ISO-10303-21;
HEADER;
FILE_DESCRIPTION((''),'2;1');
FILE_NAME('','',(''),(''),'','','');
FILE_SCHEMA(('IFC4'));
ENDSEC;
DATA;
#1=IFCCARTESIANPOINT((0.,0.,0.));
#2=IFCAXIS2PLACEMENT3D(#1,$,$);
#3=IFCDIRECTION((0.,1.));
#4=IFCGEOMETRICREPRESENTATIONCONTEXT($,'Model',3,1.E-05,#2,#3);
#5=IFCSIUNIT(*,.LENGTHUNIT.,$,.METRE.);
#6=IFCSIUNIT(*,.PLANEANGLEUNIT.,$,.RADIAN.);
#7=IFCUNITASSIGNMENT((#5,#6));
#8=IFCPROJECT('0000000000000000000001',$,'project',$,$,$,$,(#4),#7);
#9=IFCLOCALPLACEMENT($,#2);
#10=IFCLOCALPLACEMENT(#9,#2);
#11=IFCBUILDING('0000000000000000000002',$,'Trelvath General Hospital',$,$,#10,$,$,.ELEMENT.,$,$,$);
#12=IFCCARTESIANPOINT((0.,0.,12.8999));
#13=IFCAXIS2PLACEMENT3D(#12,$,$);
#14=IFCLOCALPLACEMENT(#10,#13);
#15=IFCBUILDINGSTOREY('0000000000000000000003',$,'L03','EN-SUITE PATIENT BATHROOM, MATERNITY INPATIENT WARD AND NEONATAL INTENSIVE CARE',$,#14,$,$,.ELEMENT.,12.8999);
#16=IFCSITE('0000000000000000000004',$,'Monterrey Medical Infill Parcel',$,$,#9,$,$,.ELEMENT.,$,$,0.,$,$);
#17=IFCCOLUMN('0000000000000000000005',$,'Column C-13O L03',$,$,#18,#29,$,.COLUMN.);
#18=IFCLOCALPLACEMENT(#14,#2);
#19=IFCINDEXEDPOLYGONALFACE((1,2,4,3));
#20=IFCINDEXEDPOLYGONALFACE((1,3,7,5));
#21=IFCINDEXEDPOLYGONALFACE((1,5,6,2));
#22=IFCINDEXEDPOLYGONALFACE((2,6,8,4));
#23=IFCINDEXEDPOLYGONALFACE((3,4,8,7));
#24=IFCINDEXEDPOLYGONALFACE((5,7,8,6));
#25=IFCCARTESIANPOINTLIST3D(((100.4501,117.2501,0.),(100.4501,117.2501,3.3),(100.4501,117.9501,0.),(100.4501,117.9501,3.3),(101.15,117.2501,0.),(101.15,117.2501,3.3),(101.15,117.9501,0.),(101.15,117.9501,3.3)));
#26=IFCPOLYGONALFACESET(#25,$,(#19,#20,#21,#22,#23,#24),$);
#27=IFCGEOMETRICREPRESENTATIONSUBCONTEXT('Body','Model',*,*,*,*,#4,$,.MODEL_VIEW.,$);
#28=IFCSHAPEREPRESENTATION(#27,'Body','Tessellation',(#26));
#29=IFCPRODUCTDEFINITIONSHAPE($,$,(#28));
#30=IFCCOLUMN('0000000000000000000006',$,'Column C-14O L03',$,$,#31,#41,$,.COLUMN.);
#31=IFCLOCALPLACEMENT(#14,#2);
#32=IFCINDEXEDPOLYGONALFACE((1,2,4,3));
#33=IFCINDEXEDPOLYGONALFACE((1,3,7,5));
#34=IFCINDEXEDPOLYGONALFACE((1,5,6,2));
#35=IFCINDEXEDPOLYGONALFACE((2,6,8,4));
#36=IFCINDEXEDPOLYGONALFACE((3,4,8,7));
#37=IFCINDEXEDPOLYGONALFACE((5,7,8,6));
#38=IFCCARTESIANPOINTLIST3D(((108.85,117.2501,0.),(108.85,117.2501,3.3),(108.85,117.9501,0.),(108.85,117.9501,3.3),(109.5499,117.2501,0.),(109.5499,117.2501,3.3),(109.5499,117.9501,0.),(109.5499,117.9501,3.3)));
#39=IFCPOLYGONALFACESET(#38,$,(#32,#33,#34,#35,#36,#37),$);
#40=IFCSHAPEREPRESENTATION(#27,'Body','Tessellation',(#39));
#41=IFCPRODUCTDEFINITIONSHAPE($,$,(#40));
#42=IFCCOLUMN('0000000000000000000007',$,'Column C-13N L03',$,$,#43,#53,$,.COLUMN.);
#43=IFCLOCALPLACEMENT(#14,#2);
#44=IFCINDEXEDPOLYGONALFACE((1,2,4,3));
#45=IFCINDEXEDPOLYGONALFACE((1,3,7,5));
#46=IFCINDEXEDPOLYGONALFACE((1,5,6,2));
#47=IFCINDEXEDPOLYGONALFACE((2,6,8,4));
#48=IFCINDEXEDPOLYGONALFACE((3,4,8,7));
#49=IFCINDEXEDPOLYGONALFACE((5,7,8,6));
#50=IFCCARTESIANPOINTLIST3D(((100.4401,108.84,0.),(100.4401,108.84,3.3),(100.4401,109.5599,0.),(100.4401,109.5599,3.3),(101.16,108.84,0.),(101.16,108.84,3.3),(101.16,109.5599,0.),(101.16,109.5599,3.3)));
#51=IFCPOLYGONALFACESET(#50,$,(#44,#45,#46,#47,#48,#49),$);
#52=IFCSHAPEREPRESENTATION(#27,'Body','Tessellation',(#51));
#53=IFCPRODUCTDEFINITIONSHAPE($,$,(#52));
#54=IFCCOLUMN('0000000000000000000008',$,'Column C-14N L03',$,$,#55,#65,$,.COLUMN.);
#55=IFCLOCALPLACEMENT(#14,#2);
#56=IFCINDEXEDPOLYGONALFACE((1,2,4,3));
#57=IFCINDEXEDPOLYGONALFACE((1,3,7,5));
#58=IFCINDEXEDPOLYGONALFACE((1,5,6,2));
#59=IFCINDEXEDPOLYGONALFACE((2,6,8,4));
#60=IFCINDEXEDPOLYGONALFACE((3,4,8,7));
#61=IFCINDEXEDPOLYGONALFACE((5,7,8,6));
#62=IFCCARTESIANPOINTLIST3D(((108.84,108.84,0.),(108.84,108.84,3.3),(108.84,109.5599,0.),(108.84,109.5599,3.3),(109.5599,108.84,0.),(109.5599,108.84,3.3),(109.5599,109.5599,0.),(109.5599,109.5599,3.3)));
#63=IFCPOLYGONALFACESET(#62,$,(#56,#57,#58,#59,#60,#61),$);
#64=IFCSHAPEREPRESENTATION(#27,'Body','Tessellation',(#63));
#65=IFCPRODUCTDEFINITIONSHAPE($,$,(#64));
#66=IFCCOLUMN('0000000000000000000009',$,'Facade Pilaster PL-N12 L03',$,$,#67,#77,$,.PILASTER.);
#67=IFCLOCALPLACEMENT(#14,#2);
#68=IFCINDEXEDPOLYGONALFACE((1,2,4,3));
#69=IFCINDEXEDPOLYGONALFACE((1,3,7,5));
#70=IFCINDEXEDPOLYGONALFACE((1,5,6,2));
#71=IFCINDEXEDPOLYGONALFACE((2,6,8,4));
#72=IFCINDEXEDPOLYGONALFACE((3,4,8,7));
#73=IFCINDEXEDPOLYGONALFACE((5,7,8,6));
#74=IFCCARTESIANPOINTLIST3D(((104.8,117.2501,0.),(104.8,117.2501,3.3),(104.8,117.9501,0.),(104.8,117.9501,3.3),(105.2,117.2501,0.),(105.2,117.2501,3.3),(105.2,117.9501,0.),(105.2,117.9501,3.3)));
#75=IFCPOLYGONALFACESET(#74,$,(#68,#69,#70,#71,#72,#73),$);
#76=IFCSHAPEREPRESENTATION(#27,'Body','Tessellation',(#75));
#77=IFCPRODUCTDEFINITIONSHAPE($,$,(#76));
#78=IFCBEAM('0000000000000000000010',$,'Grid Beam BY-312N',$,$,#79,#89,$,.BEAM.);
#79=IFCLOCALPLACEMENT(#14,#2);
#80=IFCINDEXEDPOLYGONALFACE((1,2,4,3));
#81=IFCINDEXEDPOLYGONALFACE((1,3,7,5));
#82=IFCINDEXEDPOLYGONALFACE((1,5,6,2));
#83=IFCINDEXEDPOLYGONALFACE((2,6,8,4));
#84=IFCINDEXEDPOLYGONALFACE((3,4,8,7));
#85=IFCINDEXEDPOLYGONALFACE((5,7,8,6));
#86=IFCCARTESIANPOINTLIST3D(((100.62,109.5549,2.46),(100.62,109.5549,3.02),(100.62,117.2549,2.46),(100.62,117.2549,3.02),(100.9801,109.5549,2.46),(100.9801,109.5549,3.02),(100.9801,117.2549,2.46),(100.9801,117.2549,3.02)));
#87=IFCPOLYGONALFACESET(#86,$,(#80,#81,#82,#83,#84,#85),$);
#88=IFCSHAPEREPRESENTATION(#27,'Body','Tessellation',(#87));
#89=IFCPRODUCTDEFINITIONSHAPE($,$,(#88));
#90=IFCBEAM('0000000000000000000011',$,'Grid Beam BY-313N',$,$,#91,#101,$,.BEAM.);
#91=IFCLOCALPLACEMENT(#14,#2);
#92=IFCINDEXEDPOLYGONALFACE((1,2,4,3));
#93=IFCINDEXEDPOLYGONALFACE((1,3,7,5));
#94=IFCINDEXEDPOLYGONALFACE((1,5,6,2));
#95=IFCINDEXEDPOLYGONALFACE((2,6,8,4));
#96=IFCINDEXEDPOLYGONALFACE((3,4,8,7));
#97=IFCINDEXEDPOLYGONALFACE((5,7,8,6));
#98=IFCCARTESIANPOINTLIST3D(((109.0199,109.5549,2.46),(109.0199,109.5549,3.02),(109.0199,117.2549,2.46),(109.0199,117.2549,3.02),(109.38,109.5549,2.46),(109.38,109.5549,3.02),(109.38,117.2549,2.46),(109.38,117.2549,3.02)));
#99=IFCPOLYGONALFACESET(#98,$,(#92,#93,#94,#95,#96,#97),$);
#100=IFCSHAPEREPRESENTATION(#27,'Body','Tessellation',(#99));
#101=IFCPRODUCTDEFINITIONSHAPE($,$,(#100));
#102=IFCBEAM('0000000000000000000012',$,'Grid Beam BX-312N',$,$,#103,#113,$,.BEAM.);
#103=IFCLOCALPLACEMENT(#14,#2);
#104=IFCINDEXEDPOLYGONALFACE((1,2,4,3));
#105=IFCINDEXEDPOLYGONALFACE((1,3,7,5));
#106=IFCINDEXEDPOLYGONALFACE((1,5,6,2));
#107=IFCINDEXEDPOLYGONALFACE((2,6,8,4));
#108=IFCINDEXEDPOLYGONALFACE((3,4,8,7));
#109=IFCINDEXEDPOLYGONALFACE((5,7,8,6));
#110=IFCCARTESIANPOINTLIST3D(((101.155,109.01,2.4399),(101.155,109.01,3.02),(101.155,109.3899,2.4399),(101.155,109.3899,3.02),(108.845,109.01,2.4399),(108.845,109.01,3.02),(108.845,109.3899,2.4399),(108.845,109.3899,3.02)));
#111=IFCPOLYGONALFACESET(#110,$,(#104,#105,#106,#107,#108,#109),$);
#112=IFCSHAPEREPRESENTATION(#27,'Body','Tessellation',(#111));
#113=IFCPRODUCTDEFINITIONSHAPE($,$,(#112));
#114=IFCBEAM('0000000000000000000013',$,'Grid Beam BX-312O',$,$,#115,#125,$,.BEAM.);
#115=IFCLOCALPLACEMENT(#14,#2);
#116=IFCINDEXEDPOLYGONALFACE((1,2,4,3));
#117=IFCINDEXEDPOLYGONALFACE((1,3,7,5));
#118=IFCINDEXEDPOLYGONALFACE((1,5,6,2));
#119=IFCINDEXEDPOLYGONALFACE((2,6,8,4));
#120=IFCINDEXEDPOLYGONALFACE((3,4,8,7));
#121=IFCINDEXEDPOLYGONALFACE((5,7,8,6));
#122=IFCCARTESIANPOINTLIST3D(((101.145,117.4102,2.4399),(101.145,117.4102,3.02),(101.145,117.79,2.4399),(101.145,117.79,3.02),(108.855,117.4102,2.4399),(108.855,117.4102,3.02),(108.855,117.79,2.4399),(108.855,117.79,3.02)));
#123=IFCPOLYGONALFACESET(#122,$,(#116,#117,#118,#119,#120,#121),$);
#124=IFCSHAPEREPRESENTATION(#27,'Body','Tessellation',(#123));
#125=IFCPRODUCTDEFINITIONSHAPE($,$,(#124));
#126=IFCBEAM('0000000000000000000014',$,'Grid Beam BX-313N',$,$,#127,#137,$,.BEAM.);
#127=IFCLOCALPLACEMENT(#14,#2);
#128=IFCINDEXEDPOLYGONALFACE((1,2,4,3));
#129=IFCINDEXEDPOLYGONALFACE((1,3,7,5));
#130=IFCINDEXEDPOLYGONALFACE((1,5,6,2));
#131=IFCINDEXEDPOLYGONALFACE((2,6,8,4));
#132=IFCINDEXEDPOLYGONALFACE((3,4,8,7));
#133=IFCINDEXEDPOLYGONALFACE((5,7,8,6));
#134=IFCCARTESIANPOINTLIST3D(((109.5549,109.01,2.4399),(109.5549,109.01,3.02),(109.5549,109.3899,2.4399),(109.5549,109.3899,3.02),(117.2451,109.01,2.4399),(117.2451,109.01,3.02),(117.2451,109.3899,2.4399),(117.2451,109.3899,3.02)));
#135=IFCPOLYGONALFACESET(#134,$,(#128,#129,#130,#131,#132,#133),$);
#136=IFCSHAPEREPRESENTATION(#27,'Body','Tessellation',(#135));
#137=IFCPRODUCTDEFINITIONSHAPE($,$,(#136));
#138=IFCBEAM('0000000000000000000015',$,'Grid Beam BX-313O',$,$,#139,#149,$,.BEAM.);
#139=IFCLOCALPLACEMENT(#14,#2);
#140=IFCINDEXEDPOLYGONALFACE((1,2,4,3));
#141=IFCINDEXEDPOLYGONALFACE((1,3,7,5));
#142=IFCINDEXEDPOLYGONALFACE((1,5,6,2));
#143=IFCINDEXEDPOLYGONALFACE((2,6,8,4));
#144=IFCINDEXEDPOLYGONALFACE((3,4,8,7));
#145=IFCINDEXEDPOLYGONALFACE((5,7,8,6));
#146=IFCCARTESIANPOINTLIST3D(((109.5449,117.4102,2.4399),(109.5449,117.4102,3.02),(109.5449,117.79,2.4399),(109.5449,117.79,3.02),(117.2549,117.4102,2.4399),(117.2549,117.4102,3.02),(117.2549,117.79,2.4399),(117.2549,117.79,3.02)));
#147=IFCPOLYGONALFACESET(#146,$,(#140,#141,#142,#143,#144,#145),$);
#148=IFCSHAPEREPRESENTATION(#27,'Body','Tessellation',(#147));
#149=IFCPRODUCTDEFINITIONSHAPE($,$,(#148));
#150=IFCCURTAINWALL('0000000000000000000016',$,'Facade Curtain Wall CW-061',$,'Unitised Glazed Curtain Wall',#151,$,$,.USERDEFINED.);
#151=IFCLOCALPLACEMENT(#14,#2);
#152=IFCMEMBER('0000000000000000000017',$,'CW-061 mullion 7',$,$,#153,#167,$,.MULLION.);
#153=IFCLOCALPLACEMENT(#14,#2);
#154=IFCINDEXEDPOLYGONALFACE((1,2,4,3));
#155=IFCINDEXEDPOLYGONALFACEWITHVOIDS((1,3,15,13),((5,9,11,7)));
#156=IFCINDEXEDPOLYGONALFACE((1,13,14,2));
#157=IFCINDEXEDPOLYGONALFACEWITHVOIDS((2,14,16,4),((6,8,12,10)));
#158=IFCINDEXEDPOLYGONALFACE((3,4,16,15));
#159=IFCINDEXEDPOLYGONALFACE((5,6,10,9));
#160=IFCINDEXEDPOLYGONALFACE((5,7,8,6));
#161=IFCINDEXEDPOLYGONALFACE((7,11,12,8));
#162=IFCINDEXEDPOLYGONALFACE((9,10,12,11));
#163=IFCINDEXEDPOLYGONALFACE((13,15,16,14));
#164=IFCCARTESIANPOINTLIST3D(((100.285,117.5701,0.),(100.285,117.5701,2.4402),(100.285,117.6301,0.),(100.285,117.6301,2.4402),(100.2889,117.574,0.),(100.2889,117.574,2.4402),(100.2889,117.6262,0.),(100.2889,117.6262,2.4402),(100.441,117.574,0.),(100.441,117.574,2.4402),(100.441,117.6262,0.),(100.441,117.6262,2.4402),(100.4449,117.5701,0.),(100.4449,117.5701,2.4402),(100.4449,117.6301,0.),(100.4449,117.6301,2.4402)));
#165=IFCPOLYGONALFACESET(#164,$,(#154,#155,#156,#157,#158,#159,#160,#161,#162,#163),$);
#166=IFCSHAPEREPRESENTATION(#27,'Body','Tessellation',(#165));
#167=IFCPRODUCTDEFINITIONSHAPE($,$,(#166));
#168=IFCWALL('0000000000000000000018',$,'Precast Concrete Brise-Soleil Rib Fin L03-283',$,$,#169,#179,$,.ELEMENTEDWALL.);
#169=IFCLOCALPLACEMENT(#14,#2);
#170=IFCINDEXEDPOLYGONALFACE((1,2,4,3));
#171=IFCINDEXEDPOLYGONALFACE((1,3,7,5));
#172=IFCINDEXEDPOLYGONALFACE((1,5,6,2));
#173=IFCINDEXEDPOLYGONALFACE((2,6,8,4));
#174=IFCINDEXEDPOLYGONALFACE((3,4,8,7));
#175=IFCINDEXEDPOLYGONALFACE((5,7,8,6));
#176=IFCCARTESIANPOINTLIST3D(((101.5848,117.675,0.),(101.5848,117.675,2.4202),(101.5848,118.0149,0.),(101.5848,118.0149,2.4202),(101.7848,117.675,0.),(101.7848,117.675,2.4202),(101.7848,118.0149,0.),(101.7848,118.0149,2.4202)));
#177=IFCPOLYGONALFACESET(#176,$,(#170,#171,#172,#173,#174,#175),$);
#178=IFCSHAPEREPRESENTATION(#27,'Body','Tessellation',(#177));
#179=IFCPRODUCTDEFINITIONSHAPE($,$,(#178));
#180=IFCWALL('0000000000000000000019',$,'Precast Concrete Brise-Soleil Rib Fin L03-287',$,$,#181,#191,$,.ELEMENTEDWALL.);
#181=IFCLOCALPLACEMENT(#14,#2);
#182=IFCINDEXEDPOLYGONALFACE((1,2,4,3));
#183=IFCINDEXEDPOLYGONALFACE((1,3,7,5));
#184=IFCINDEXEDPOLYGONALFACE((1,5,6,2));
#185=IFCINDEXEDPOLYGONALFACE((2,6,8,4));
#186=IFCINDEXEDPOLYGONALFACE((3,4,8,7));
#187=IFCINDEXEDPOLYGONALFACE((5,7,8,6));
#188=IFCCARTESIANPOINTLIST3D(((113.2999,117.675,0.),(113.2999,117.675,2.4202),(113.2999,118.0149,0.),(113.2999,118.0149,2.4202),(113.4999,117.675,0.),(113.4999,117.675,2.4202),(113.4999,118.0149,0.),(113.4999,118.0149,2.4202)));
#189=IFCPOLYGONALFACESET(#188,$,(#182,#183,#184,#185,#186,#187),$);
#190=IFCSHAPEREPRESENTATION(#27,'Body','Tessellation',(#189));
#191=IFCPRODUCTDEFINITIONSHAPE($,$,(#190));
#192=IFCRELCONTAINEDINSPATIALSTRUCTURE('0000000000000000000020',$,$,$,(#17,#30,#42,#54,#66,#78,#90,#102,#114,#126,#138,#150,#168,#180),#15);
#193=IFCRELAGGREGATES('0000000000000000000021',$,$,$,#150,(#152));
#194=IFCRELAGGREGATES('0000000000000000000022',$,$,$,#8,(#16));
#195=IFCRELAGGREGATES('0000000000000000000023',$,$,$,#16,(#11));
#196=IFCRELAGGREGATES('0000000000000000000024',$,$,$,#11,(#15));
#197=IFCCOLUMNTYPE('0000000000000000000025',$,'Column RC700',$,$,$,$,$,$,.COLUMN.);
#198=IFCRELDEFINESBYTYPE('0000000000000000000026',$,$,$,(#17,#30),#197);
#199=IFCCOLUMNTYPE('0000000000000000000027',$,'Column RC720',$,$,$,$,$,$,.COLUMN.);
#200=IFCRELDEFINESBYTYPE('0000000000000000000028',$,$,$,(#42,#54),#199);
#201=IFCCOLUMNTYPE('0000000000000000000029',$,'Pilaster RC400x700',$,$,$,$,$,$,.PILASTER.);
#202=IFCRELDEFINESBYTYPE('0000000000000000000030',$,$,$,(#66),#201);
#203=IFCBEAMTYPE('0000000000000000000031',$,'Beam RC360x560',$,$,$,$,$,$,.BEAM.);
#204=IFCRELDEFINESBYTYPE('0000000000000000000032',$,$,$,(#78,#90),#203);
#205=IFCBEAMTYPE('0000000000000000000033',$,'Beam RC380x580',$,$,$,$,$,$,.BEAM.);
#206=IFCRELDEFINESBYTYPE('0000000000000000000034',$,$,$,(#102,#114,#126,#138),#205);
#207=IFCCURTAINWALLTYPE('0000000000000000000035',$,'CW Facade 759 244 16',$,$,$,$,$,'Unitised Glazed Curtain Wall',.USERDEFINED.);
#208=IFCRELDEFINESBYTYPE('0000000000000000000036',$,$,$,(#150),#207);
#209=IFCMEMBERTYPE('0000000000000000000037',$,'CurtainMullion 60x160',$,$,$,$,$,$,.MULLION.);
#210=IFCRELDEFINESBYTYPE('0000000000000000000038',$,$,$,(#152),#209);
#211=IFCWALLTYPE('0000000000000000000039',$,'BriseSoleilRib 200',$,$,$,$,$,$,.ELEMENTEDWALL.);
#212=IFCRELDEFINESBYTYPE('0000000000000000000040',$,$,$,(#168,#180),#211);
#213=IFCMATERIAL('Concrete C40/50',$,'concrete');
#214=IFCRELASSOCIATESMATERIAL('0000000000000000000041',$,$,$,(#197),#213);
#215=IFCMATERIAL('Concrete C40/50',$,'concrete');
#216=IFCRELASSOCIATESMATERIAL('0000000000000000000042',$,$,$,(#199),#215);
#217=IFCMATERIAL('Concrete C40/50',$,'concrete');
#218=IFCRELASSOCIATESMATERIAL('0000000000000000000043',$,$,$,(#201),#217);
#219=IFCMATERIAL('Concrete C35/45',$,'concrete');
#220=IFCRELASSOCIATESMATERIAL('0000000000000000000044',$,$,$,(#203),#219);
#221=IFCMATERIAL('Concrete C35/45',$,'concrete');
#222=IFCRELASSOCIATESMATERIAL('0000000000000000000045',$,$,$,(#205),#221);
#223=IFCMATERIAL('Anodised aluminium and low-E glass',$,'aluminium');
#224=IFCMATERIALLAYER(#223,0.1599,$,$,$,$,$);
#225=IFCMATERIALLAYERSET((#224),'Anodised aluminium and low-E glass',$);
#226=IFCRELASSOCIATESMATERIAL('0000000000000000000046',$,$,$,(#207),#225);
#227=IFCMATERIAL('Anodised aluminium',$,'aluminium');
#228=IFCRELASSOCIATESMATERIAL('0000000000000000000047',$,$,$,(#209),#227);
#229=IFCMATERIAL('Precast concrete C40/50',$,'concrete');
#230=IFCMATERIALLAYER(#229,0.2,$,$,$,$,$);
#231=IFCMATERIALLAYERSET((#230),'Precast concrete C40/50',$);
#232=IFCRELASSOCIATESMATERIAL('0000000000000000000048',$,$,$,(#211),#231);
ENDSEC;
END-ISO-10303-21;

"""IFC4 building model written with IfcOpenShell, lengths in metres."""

from ifc_helpers import new_model, si_unit, direction, frame, frame_2d, origin, origin_2d, place, context, subcontext, project, spatial, rectangle, hollow_rectangle, extrude, material, layer, layer_set, material_profile, profile_set, type_object, element, aggregate, save


model = new_model("IFC4")

# Units and contexts
model_context = context("Model", 3, precision=1e-05, world=origin(), true_north=direction((0.0, 1.0)))
body_context = subcontext(model_context, "Body", "Model", "MODEL_VIEW")
ifc_project = project(units=[si_unit("LENGTHUNIT", "METRE"), si_unit("PLANEANGLEUNIT", "RADIAN")], contexts=[model_context])

# Site, building, storey
site_placement = place(None, origin())
site = spatial("IfcSite", under=ifc_project, at=site_placement, Name="Monterrey Medical Infill Parcel", CompositionType="ELEMENT", RefElevation=0.0)
building_placement = place(site_placement, origin())
building = spatial("IfcBuilding", under=site, at=building_placement, Name="Trelvath General Hospital", CompositionType="ELEMENT")
storey_placement = place(building_placement, frame((0.0, 0.0, 12.8999)))
storey = spatial("IfcBuildingStorey", under=building, at=storey_placement, Name="L03", Description="EN-SUITE PATIENT BATHROOM, MATERNITY INPATIENT WARD AND NEONATAL INTENSIVE CARE", CompositionType="ELEMENT", Elevation=12.8999)

# Columns
ifc_material_1 = material(Name="Concrete C40/50", Category="concrete")
ifc_material_profile_1 = material_profile(ifc_material_1, rectangle(XDim=0.7, YDim=0.7, at=origin_2d()), Name="RC700x700")
ifc_profile_set_1 = profile_set([ifc_material_profile_1], Name="Concrete C40/50")
column_type_1 = type_object("IfcColumnType", Name="Column RC700", PredefinedType="COLUMN", material=ifc_profile_set_1)
for number, where, z_axis, x_axis, name in (
    (1, (100.8, 117.6001, 0.0), (0.0, 0.0, 1.0), (1.0, 0.0, 0.0), "Column C-13O L03"),
    (2, (109.2, 117.6001, 0.0), (0.0, 0.0, 1.0), (1.0, 0.0, 0.0), "Column C-14O L03"),
):
    element("IfcColumn", number, at=place(storey_placement, frame(where, z_axis=z_axis, x_axis=x_axis)), inside=storey, type_object=column_type_1, Name=name, PredefinedType="COLUMN", context=body_context, shape_type="SweptSolid", body=[
        extrude(rectangle(XDim=0.7, YDim=0.7, at=origin_2d()), origin(), (0.0, 0.0, 1.0), 3.3),
    ])
ifc_material_2 = material(Name="Concrete C40/50", Category="concrete")
ifc_material_profile_2 = material_profile(ifc_material_2, rectangle(XDim=0.72, YDim=0.72, at=origin_2d()), Name="RC720x720")
ifc_profile_set_2 = profile_set([ifc_material_profile_2], Name="Concrete C40/50")
column_type_2 = type_object("IfcColumnType", Name="Column RC720", PredefinedType="COLUMN", material=ifc_profile_set_2)
for number, where, z_axis, x_axis, name in (
    (3, (100.8, 109.2, 0.0), (0.0, 0.0, 1.0), (1.0, 0.0, 0.0), "Column C-13N L03"),
    (4, (109.2, 109.2, 0.0), (0.0, 0.0, 1.0), (1.0, 0.0, 0.0), "Column C-14N L03"),
):
    element("IfcColumn", number, at=place(storey_placement, frame(where, z_axis=z_axis, x_axis=x_axis)), inside=storey, type_object=column_type_2, Name=name, PredefinedType="COLUMN", context=body_context, shape_type="SweptSolid", body=[
        extrude(rectangle(XDim=0.72, YDim=0.72, at=origin_2d()), origin(), (0.0, 0.0, 1.0), 3.3),
    ])
ifc_material_3 = material(Name="Concrete C40/50", Category="concrete")
ifc_material_profile_3 = material_profile(ifc_material_3, rectangle(XDim=0.3999, YDim=0.7, at=origin_2d()), Name="RC400x700")
ifc_profile_set_3 = profile_set([ifc_material_profile_3], Name="Concrete C40/50")
column_type_3 = type_object("IfcColumnType", Name="Pilaster RC400x700", PredefinedType="PILASTER", material=ifc_profile_set_3)
column_placement = place(storey_placement, frame((105.0, 117.6001, 0.0), z_axis=(0.0, 0.0, 1.0), x_axis=(1.0, 0.0, 0.0)))
element("IfcColumn", 5, at=column_placement, inside=storey, type_object=column_type_3, Name="Facade Pilaster PL-N12 L03", PredefinedType="PILASTER", context=body_context, shape_type="SweptSolid", body=[
    extrude(rectangle(XDim=0.3999, YDim=0.7, at=origin_2d()), origin(), (0.0, 0.0, 1.0), 3.3),
])

# Beams
ifc_material_4 = material(Name="Concrete C35/45", Category="concrete")
ifc_material_profile_4 = material_profile(ifc_material_4, rectangle(XDim=0.3601, YDim=0.5601, at=origin_2d()), Name="RCB360x560")
ifc_profile_set_4 = profile_set([ifc_material_profile_4], Name="Concrete C35/45")
beam_type_1 = type_object("IfcBeamType", Name="Beam RC360x560", PredefinedType="BEAM", material=ifc_profile_set_4)
for number, where, z_axis, x_axis, name in (
    (6, (100.8, 109.5549, 2.74), (0.0, 1.0, 0.0), (-1.0, 0.0, 0.0), "Grid Beam BY-312N"),
    (7, (109.2, 109.5549, 2.74), (0.0, 1.0, 0.0), (-1.0, 0.0, 0.0), "Grid Beam BY-313N"),
):
    element("IfcBeam", number, at=place(storey_placement, frame(where, z_axis=z_axis, x_axis=x_axis)), inside=storey, type_object=beam_type_1, Name=name, PredefinedType="BEAM", context=body_context, shape_type="SweptSolid", body=[
        extrude(rectangle(XDim=0.3601, YDim=0.5601, at=origin_2d()), origin(), (0.0, 0.0, 1.0), 7.7),
    ])
ifc_material_5 = material(Name="Concrete C35/45", Category="concrete")
ifc_material_profile_5 = material_profile(ifc_material_5, rectangle(XDim=0.3799, YDim=0.5801, at=origin_2d()), Name="RCB380x580")
ifc_profile_set_5 = profile_set([ifc_material_profile_5], Name="Concrete C35/45")
beam_type_2 = type_object("IfcBeamType", Name="Beam RC380x580", PredefinedType="BEAM", material=ifc_profile_set_5)
beam_1_placement = place(storey_placement, frame((101.155, 109.2, 2.73), z_axis=(1.0, 0.0, 0.0), x_axis=(0.0, 1.0, 0.0)))
element("IfcBeam", 8, at=beam_1_placement, inside=storey, type_object=beam_type_2, Name="Grid Beam BX-312N", PredefinedType="BEAM", context=body_context, shape_type="SweptSolid", body=[
    extrude(rectangle(XDim=0.3799, YDim=0.5801, at=origin_2d()), origin(), (0.0, 0.0, 1.0), 7.6899),
])
beam_2_placement = place(storey_placement, frame((101.145, 117.6001, 2.73), z_axis=(1.0, 0.0, 0.0), x_axis=(0.0, 1.0, 0.0)))
element("IfcBeam", 9, at=beam_2_placement, inside=storey, type_object=beam_type_2, Name="Grid Beam BX-312O", PredefinedType="BEAM", context=body_context, shape_type="SweptSolid", body=[
    extrude(rectangle(XDim=0.3799, YDim=0.5801, at=origin_2d()), origin(), (0.0, 0.0, 1.0), 7.71),
])
beam_3_placement = place(storey_placement, frame((109.5549, 109.2, 2.73), z_axis=(1.0, 0.0, 0.0), x_axis=(0.0, 1.0, 0.0)))
element("IfcBeam", 10, at=beam_3_placement, inside=storey, type_object=beam_type_2, Name="Grid Beam BX-313N", PredefinedType="BEAM", context=body_context, shape_type="SweptSolid", body=[
    extrude(rectangle(XDim=0.3799, YDim=0.5801, at=origin_2d()), origin(), (0.0, 0.0, 1.0), 7.6902),
])
beam_4_placement = place(storey_placement, frame((109.5449, 117.6001, 2.73), z_axis=(1.0, 0.0, 0.0), x_axis=(0.0, 1.0, 0.0)))
element("IfcBeam", 11, at=beam_4_placement, inside=storey, type_object=beam_type_2, Name="Grid Beam BX-313O", PredefinedType="BEAM", context=body_context, shape_type="SweptSolid", body=[
    extrude(rectangle(XDim=0.3799, YDim=0.5801, at=origin_2d()), origin(), (0.0, 0.0, 1.0), 7.71),
])

# Curtain wall, member
ifc_material_6 = material(Name="Anodised aluminium and low-E glass", Category="aluminium")
ifc_layer_1 = layer(ifc_material_6, 0.1599)
ifc_layer_set_1 = layer_set([ifc_layer_1], Name="Anodised aluminium and low-E glass")
curtain_wall_type = type_object("IfcCurtainWallType", Name="CW Facade 759 244 16", ElementType="Unitised Glazed Curtain Wall", PredefinedType="USERDEFINED", material=ifc_layer_set_1)
curtain_wall_placement = place(storey_placement, origin())
curtain_wall = element("IfcCurtainWall", 12, at=curtain_wall_placement, inside=storey, type_object=curtain_wall_type, Name="Facade Curtain Wall CW-061", ObjectType="Unitised Glazed Curtain Wall", PredefinedType="USERDEFINED")
ifc_material_7 = material(Name="Anodised aluminium", Category="aluminium")
ifc_material_profile_6 = material_profile(ifc_material_7, hollow_rectangle(XDim=0.0601, YDim=0.1599, WallThickness=0.0039, at=origin_2d()), Name="RHS60x160x4")
ifc_profile_set_6 = profile_set([ifc_material_profile_6], Name="Anodised aluminium")
member_type = type_object("IfcMemberType", Name="CurtainMullion 60x160", PredefinedType="MULLION", material=ifc_profile_set_6)
member_placement = place(storey_placement, frame((100.365, 117.6001, 0.0), z_axis=(0.0, 0.0, 1.0), x_axis=(0.0, 1.0, 0.0)))
member = element("IfcMember", 13, at=member_placement, type_object=member_type, Name="CW-061 mullion 7", PredefinedType="MULLION", context=body_context, shape_type="SweptSolid", body=[
    extrude(hollow_rectangle(XDim=0.0601, YDim=0.1599, WallThickness=0.0039, at=origin_2d()), origin(), (0.0, 0.0, 1.0), 2.4402),
])
aggregate(curtain_wall, [member])

# Walls
ifc_material_8 = material(Name="Precast concrete C40/50", Category="concrete")
ifc_layer_2 = layer(ifc_material_8, 0.2)
ifc_layer_set_2 = layer_set([ifc_layer_2], Name="Precast concrete C40/50")
wall_type_1 = type_object("IfcWallType", Name="BriseSoleilRib 200", PredefinedType="ELEMENTEDWALL", material=ifc_layer_set_2)
for number, where, z_axis, x_axis, name in (
    (14, (101.6848, 117.675, 0.0), (0.0, 0.0, 1.0), (0.0, 1.0, 0.0), "Precast Concrete Brise-Soleil Rib Fin L03-283"),
    (15, (113.3999, 117.675, 0.0), (0.0, 0.0, 1.0), (0.0, 1.0, 0.0), "Precast Concrete Brise-Soleil Rib Fin L03-287"),
):
    element("IfcWall", number, at=place(storey_placement, frame(where, z_axis=z_axis, x_axis=x_axis)), inside=storey, type_object=wall_type_1, Name=name, PredefinedType="ELEMENTEDWALL", context=body_context, shape_type="SweptSolid", body=[
        extrude(rectangle(XDim=0.3398, YDim=0.2, at=frame_2d((0.1699, 0.0))), origin(), (0.0, 0.0, 1.0), 2.4202),
    ])

save(model, "model.ifc")
